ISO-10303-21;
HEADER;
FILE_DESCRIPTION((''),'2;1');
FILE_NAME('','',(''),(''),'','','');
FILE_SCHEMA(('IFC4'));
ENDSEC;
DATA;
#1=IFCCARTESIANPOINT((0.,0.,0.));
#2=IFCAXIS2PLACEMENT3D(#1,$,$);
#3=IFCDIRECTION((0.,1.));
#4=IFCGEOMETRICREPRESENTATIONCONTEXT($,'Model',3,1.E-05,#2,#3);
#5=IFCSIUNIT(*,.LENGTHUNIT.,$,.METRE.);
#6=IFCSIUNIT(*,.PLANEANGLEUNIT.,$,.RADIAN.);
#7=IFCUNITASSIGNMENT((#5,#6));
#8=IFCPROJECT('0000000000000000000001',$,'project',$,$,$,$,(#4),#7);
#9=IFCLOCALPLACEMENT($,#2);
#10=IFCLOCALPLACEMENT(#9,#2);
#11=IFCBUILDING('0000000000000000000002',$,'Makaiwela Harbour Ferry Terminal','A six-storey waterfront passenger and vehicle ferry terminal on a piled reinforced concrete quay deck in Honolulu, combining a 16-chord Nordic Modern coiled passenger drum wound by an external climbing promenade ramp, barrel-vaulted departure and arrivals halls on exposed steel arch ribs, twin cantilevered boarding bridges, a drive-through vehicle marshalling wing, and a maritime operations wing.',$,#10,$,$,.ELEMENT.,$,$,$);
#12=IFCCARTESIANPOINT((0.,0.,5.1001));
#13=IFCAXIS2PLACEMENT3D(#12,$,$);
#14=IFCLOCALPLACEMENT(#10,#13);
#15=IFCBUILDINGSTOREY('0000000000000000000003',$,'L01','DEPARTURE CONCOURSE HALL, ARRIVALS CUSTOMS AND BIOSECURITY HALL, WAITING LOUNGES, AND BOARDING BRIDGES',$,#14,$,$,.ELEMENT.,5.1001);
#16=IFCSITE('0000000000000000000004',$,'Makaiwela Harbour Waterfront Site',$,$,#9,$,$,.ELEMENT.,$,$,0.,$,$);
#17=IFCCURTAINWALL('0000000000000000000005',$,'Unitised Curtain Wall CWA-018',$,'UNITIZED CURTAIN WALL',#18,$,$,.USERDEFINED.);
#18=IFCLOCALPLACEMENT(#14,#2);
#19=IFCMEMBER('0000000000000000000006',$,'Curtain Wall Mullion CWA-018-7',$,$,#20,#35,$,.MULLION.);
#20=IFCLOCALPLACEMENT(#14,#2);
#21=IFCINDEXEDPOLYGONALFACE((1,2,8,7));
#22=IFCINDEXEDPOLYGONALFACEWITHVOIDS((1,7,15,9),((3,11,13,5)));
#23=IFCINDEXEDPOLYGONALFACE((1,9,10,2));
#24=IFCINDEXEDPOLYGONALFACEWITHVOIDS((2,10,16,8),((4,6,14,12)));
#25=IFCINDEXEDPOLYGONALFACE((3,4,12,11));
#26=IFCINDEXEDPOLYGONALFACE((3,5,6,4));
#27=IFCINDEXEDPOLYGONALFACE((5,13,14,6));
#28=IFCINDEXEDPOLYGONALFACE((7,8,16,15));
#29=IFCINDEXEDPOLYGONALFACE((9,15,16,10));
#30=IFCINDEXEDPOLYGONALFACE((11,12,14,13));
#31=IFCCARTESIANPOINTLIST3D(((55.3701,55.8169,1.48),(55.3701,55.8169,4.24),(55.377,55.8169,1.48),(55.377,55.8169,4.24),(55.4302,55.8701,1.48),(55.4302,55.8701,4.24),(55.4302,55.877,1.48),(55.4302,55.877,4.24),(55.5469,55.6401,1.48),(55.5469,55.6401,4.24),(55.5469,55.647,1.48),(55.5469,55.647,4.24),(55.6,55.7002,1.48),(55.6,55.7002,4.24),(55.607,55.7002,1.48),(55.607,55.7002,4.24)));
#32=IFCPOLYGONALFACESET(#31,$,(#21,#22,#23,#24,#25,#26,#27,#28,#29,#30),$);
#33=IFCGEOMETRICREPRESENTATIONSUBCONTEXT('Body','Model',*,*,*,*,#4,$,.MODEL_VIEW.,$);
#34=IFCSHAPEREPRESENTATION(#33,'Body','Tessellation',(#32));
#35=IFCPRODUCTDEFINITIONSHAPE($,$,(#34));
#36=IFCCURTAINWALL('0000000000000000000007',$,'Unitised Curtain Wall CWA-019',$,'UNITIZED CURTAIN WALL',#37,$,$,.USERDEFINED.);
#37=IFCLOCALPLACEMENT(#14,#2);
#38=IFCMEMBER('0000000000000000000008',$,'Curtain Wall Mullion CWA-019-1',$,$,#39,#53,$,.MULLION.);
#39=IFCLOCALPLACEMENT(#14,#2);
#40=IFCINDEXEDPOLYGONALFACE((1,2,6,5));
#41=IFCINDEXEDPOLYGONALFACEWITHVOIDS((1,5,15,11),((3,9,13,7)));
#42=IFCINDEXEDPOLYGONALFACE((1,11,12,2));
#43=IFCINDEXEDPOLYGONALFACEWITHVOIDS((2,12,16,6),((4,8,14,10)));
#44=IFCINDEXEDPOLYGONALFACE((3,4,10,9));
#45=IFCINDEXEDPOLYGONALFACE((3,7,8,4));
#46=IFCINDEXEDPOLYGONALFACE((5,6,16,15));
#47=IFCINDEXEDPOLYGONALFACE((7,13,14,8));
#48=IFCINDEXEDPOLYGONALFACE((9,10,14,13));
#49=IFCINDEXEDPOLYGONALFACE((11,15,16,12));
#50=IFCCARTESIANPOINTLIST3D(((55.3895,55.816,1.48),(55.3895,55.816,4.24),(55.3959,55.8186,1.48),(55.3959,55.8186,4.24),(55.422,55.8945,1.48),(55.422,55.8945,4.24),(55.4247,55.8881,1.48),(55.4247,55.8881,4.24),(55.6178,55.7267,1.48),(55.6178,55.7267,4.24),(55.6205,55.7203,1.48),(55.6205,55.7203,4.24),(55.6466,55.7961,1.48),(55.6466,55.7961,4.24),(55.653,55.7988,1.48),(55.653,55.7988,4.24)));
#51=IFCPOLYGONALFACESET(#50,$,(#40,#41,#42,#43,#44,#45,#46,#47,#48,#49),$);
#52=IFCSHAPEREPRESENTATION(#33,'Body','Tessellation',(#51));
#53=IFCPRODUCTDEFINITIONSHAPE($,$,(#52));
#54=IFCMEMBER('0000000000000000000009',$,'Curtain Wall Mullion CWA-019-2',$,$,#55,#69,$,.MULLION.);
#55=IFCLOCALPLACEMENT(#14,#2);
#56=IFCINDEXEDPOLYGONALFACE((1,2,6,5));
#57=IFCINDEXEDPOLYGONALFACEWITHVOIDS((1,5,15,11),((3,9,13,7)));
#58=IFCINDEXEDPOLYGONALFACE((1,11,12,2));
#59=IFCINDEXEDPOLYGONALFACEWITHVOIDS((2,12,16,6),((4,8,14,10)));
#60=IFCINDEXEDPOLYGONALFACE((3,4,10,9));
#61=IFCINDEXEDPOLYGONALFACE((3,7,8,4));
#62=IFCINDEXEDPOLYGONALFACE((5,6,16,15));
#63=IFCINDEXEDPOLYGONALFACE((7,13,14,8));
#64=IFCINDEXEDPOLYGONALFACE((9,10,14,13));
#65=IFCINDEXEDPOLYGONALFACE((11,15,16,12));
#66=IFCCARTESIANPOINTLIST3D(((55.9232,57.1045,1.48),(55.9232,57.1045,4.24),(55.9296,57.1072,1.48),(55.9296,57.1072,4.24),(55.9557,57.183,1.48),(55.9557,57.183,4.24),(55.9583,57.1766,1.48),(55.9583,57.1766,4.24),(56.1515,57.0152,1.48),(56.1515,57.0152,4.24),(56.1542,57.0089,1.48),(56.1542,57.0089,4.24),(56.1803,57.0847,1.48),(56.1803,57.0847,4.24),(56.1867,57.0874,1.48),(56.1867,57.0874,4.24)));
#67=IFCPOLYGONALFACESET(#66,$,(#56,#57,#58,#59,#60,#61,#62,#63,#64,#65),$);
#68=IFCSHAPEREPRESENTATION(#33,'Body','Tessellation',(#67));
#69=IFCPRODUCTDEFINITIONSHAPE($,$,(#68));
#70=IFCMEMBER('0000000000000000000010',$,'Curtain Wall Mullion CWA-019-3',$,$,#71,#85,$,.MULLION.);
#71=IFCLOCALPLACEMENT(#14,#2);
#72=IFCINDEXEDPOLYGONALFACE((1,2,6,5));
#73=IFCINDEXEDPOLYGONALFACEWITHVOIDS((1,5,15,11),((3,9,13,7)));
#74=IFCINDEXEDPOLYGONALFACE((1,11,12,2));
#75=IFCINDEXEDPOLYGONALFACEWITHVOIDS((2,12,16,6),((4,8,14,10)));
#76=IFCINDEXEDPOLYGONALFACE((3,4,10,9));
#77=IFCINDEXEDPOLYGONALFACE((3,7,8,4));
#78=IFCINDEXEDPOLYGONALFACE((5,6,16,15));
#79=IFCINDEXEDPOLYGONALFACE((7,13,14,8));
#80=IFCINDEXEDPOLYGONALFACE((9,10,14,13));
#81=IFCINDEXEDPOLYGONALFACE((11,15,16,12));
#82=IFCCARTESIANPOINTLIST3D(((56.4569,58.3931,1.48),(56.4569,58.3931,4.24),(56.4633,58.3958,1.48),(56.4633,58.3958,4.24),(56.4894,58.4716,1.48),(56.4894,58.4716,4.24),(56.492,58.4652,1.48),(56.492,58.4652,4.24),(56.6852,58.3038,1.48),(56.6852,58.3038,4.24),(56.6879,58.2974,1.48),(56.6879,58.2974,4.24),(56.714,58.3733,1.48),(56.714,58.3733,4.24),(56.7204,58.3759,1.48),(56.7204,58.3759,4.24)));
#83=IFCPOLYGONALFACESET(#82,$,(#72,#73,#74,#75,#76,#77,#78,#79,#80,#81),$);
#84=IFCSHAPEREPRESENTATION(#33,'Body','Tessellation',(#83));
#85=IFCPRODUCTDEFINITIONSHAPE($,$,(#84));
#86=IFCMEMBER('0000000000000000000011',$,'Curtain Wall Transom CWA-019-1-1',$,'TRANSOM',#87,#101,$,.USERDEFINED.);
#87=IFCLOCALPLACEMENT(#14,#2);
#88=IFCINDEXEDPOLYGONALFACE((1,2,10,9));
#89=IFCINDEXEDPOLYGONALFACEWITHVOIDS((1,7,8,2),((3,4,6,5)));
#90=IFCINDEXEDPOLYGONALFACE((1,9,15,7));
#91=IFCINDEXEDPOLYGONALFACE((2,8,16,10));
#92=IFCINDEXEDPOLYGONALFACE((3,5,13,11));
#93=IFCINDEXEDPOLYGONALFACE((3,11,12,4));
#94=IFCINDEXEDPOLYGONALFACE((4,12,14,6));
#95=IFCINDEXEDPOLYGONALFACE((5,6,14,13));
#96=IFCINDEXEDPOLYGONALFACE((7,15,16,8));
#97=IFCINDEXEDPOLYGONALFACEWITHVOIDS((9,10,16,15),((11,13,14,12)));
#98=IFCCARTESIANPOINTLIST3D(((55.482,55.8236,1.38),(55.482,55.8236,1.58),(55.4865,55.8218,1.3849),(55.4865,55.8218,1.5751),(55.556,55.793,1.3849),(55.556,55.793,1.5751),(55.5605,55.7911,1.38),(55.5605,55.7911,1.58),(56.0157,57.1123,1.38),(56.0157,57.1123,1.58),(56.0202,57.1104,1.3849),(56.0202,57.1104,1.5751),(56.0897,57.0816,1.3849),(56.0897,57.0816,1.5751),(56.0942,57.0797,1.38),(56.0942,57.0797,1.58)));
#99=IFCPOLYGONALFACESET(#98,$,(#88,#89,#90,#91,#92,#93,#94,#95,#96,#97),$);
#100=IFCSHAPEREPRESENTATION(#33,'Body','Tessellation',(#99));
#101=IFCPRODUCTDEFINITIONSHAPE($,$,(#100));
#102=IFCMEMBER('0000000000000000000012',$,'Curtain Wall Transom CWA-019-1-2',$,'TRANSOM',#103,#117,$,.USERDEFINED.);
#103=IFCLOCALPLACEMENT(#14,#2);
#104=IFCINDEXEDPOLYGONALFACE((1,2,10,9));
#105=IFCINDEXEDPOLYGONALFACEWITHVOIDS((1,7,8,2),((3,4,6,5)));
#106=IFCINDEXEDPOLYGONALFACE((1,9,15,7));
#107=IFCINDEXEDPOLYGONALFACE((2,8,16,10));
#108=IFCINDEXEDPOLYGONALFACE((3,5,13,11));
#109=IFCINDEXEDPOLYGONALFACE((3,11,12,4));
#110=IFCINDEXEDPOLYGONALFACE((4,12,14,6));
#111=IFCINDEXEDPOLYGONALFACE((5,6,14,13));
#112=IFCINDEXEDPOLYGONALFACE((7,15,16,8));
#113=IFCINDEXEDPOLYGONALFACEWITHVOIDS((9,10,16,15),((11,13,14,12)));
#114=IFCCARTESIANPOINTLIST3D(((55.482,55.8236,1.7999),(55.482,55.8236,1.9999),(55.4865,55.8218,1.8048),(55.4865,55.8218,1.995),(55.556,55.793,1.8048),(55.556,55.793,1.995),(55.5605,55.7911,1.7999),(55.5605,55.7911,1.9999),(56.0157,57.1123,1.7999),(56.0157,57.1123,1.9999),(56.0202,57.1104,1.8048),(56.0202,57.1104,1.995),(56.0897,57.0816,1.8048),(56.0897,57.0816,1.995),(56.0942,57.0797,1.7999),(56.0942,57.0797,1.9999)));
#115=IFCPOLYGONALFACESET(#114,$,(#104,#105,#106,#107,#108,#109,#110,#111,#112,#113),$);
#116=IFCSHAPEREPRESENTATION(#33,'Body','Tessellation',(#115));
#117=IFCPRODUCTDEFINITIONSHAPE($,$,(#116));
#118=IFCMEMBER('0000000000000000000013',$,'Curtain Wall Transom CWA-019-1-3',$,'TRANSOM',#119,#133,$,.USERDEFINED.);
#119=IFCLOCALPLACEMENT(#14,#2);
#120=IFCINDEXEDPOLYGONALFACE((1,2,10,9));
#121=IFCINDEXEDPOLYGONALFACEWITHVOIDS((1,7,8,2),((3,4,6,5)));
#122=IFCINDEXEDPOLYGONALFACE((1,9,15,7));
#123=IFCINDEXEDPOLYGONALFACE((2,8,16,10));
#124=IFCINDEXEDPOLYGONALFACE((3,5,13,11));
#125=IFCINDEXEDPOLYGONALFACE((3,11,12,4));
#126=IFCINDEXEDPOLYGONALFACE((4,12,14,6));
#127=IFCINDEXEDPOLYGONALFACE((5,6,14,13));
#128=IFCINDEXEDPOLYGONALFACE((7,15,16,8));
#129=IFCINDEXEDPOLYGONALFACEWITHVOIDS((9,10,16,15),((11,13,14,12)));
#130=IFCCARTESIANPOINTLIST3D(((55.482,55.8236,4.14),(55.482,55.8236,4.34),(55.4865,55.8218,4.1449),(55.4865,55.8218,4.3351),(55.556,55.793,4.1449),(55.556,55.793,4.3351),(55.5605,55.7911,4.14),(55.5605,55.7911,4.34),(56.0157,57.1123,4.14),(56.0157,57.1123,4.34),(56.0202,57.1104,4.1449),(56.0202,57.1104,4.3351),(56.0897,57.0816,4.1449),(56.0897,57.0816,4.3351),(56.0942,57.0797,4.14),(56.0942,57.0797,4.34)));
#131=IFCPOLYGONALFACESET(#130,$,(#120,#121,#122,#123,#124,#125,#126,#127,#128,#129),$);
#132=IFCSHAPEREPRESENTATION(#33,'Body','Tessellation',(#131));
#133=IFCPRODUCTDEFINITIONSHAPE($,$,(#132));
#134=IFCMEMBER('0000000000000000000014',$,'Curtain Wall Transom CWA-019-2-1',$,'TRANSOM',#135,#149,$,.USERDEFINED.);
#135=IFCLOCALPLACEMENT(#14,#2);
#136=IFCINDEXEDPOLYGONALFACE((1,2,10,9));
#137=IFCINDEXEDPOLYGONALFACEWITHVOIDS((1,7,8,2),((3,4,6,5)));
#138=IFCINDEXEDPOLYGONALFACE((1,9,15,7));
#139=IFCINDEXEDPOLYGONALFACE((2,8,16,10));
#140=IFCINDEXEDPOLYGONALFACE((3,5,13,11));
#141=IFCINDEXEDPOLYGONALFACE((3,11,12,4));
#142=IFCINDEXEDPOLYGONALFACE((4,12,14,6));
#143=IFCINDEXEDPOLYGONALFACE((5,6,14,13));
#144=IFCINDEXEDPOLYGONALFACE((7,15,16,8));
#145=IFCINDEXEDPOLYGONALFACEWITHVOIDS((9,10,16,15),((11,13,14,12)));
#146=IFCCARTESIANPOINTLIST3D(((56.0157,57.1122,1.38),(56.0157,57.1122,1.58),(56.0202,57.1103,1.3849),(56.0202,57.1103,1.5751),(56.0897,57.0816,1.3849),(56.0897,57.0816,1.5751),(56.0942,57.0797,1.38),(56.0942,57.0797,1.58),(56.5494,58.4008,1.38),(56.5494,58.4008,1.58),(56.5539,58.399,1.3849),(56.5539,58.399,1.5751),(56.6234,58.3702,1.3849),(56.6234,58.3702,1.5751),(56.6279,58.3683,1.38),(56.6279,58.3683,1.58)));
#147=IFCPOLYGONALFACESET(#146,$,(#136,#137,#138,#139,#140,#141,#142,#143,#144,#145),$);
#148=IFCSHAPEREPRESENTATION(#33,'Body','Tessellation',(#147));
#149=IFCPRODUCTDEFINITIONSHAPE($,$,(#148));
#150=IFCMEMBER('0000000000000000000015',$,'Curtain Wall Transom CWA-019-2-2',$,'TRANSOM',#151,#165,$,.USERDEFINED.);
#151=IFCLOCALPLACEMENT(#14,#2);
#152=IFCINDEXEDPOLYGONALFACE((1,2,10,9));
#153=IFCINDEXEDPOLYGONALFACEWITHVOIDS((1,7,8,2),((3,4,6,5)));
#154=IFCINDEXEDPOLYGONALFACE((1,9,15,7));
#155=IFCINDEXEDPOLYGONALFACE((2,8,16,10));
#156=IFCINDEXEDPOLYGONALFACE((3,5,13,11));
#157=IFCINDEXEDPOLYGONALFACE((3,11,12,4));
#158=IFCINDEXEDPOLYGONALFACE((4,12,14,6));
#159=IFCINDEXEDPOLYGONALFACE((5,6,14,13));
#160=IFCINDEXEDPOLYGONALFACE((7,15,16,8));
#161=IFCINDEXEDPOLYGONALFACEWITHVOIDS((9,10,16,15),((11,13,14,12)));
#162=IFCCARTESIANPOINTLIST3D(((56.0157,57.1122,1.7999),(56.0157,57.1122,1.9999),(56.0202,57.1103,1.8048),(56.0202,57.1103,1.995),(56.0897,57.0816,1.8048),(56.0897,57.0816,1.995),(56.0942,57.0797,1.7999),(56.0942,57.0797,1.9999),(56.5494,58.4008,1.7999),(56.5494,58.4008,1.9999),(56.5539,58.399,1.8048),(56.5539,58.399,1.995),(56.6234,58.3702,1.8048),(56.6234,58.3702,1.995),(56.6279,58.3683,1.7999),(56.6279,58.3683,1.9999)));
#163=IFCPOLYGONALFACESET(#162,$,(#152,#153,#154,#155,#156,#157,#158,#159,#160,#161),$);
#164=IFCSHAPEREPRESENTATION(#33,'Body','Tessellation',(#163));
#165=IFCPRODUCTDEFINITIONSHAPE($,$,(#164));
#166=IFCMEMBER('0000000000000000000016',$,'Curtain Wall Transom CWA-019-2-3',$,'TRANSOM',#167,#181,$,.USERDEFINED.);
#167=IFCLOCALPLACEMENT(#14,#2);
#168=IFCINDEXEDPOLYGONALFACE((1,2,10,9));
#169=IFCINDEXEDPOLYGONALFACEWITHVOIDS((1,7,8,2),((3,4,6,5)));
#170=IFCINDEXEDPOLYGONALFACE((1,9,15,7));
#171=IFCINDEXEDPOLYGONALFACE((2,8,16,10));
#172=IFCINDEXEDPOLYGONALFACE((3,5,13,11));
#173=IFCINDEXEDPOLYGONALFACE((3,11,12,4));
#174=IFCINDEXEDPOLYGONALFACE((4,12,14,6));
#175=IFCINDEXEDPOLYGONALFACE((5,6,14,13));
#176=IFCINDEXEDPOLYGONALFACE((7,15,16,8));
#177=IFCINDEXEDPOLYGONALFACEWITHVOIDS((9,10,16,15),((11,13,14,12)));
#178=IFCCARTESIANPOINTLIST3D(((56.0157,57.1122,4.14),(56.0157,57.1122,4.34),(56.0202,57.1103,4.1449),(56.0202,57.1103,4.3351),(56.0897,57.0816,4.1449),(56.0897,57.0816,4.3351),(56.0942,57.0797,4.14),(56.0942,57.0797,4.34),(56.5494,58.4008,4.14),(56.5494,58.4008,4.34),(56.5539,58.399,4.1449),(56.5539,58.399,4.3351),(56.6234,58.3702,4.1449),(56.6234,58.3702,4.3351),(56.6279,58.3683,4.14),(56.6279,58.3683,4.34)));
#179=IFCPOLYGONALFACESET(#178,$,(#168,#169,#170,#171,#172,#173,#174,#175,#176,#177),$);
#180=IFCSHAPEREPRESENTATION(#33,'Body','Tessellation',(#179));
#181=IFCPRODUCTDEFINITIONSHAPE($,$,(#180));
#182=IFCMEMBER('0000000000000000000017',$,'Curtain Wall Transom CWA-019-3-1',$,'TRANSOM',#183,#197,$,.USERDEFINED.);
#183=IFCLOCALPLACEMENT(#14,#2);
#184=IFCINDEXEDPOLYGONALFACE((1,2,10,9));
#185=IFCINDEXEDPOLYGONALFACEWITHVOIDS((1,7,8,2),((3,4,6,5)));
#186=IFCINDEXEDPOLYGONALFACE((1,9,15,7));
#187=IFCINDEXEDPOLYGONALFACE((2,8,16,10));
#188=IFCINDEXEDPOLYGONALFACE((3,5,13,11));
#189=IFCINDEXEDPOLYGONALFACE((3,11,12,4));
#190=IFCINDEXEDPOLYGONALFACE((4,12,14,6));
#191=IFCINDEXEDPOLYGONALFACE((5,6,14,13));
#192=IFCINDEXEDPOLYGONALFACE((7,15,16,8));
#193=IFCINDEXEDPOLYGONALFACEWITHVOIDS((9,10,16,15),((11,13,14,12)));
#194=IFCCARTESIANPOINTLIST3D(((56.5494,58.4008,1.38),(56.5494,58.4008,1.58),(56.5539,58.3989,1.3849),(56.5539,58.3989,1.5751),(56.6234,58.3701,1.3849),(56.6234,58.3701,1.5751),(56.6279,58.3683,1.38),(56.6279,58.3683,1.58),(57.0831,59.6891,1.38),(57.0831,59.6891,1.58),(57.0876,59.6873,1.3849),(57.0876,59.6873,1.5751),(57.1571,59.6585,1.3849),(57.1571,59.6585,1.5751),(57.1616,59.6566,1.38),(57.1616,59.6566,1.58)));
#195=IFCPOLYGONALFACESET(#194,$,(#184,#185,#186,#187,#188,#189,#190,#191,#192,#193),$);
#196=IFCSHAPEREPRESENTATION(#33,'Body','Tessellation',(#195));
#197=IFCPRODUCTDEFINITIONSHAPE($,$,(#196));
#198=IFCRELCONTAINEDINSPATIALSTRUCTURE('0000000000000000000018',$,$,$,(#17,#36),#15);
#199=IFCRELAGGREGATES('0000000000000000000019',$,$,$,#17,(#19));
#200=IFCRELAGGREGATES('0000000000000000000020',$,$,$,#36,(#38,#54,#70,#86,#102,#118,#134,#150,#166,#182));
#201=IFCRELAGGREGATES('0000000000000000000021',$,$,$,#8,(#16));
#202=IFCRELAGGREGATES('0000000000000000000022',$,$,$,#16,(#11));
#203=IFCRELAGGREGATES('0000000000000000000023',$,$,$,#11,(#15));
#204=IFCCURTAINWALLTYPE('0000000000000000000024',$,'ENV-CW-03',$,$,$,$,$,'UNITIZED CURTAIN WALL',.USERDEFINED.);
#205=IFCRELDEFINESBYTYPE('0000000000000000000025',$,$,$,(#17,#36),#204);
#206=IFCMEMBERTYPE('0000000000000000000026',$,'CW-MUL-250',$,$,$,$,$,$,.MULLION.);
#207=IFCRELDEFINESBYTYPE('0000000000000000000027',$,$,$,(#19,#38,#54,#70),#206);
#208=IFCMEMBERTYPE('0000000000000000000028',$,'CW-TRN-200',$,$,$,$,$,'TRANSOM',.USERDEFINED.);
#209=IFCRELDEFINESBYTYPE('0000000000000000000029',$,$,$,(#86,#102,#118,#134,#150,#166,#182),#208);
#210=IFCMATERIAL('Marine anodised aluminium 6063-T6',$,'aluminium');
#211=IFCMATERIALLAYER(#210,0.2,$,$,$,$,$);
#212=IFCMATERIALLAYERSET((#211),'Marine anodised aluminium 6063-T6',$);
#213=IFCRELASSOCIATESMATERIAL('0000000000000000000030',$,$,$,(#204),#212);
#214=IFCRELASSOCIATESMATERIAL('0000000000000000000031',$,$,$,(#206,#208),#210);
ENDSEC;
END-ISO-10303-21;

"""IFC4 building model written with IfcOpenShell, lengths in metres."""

from ifc_helpers import new_model, si_unit, direction, frame, origin, origin_2d, place, context, subcontext, project, spatial, hollow_rectangle, extrude, material, layer, layer_set, material_profile, profile_set, type_object, element, aggregate, save


model = new_model("IFC4")

# Units and contexts
model_context = context("Model", 3, precision=1e-05, world=origin(), true_north=direction((0.0, 1.0)))
body_context = subcontext(model_context, "Body", "Model", "MODEL_VIEW")
ifc_project = project(units=[si_unit("LENGTHUNIT", "METRE"), si_unit("PLANEANGLEUNIT", "RADIAN")], contexts=[model_context])

# Site, building, storey
site_placement = place(None, origin())
site = spatial("IfcSite", under=ifc_project, at=site_placement, Name="Makaiwela Harbour Waterfront Site", CompositionType="ELEMENT", RefElevation=0.0)
building_placement = place(site_placement, origin())
building = spatial("IfcBuilding", under=site, at=building_placement, Name="Makaiwela Harbour Ferry Terminal", Description="A six-storey waterfront passenger and vehicle ferry terminal on a piled reinforced concrete quay deck in Honolulu, combining a 16-chord Nordic Modern coiled passenger drum wound by an external climbing promenade ramp, barrel-vaulted departure and arrivals halls on exposed steel arch ribs, twin cantilevered boarding bridges, a drive-through vehicle marshalling wing, and a maritime operations wing.", CompositionType="ELEMENT")
storey_placement = place(building_placement, frame((0.0, 0.0, 5.1001)))
storey = spatial("IfcBuildingStorey", under=building, at=storey_placement, Name="L01", Description="DEPARTURE CONCOURSE HALL, ARRIVALS CUSTOMS AND BIOSECURITY HALL, WAITING LOUNGES, AND BOARDING BRIDGES", CompositionType="ELEMENT", Elevation=5.1001)

# Curtain wall, member
ifc_material_1 = material(Name="Marine anodised aluminium 6063-T6", Category="aluminium")
ifc_layer_1 = layer(ifc_material_1, 0.2)
ifc_layer_set_1 = layer_set([ifc_layer_1], Name="Marine anodised aluminium 6063-T6")
curtain_wall_type = type_object("IfcCurtainWallType", Name="ENV-CW-03", ElementType="UNITIZED CURTAIN WALL", PredefinedType="USERDEFINED", material=ifc_layer_set_1)
curtain_wall_1_placement = place(storey_placement, origin())
curtain_wall_1 = element("IfcCurtainWall", 1, at=curtain_wall_1_placement, inside=storey, type_object=curtain_wall_type, Name="Unitised Curtain Wall CWA-018", ObjectType="UNITIZED CURTAIN WALL", PredefinedType="USERDEFINED")
ifc_material_profile_1 = material_profile(ifc_material_1, hollow_rectangle(XDim=0.085, YDim=0.25, WallThickness=0.0049, at=origin_2d()), Name="CWM-250X85")
ifc_profile_set_1 = profile_set([ifc_material_profile_1], Name="Marine anodised aluminium 6063-T6")
member_type_1 = type_object("IfcMemberType", Name="CW-MUL-250", PredefinedType="MULLION", material=ifc_profile_set_1)
member_1_placement = place(storey_placement, frame((55.4885, 55.7585, 1.48), z_axis=(0.0, 0.0, 1.0), x_axis=(0.707107, 0.707107, 0.0)))
member_1 = element("IfcMember", 2, at=member_1_placement, type_object=member_type_1, Name="Curtain Wall Mullion CWA-018-7", PredefinedType="MULLION", context=body_context, shape_type="SweptSolid", body=[
    extrude(hollow_rectangle(XDim=0.085, YDim=0.25, WallThickness=0.0049, at=origin_2d()), origin(), (0.0, 0.0, 1.0), 2.76),
])

# Curtain wall, members
curtain_wall_2_placement = place(storey_placement, origin())
curtain_wall_2 = element("IfcCurtainWall", 3, at=curtain_wall_2_placement, inside=storey, type_object=curtain_wall_type, Name="Unitised Curtain Wall CWA-019", ObjectType="UNITIZED CURTAIN WALL", PredefinedType="USERDEFINED")
member_2_placement = place(storey_placement, frame((55.5212, 55.8074, 1.48), z_axis=(0.0, 0.0, 1.0), x_axis=(0.382683, 0.92388, 0.0)))
member_2 = element("IfcMember", 4, at=member_2_placement, type_object=member_type_1, Name="Curtain Wall Mullion CWA-019-1", PredefinedType="MULLION", context=body_context, shape_type="SweptSolid", body=[
    extrude(hollow_rectangle(XDim=0.085, YDim=0.25, WallThickness=0.0049, at=origin_2d()), origin(), (0.0, 0.0, 1.0), 2.76),
])
member_3_placement = place(storey_placement, frame((56.0549, 57.0959, 1.48), z_axis=(0.0, 0.0, 1.0), x_axis=(0.382683, 0.92388, 0.0)))
member_3 = element("IfcMember", 5, at=member_3_placement, type_object=member_type_1, Name="Curtain Wall Mullion CWA-019-2", PredefinedType="MULLION", context=body_context, shape_type="SweptSolid", body=[
    extrude(hollow_rectangle(XDim=0.085, YDim=0.25, WallThickness=0.0049, at=origin_2d()), origin(), (0.0, 0.0, 1.0), 2.76),
])
member_4_placement = place(storey_placement, frame((56.5886, 58.3845, 1.48), z_axis=(0.0, 0.0, 1.0), x_axis=(0.382683, 0.92388, 0.0)))
member_4 = element("IfcMember", 6, at=member_4_placement, type_object=member_type_1, Name="Curtain Wall Mullion CWA-019-3", PredefinedType="MULLION", context=body_context, shape_type="SweptSolid", body=[
    extrude(hollow_rectangle(XDim=0.085, YDim=0.25, WallThickness=0.0049, at=origin_2d()), origin(), (0.0, 0.0, 1.0), 2.76),
])
ifc_material_profile_2 = material_profile(ifc_material_1, hollow_rectangle(XDim=0.085, YDim=0.2, WallThickness=0.0049, at=origin_2d()), Name="CWT-200X85")
ifc_profile_set_2 = profile_set([ifc_material_profile_2], Name="Marine anodised aluminium 6063-T6")
member_type_2 = type_object("IfcMemberType", Name="CW-TRN-200", ElementType="TRANSOM", PredefinedType="USERDEFINED", material=ifc_profile_set_2)
member_5_placement = place(storey_placement, frame((55.5212, 55.8074, 1.48), z_axis=(0.382651, 0.923893, 0.0), x_axis=(-0.923893, 0.382651, 0.0)))
member_5 = element("IfcMember", 7, at=member_5_placement, type_object=member_type_2, Name="Curtain Wall Transom CWA-019-1-1", ObjectType="TRANSOM", PredefinedType="USERDEFINED", context=body_context, shape_type="SweptSolid", body=[
    extrude(hollow_rectangle(XDim=0.085, YDim=0.2, WallThickness=0.0049, at=origin_2d()), origin(), (0.0, 0.0, 1.0), 1.3948),
])
member_6_placement = place(storey_placement, frame((55.5212, 55.8074, 1.8999), z_axis=(0.382651, 0.923893, 0.0), x_axis=(-0.923893, 0.382651, 0.0)))
member_6 = element("IfcMember", 8, at=member_6_placement, type_object=member_type_2, Name="Curtain Wall Transom CWA-019-1-2", ObjectType="TRANSOM", PredefinedType="USERDEFINED", context=body_context, shape_type="SweptSolid", body=[
    extrude(hollow_rectangle(XDim=0.085, YDim=0.2, WallThickness=0.0049, at=origin_2d()), origin(), (0.0, 0.0, 1.0), 1.3948),
])
member_7_placement = place(storey_placement, frame((55.5212, 55.8074, 4.24), z_axis=(0.382651, 0.923893, 0.0), x_axis=(-0.923893, 0.382651, 0.0)))
member_7 = element("IfcMember", 9, at=member_7_placement, type_object=member_type_2, Name="Curtain Wall Transom CWA-019-1-3", ObjectType="TRANSOM", PredefinedType="USERDEFINED", context=body_context, shape_type="SweptSolid", body=[
    extrude(hollow_rectangle(XDim=0.085, YDim=0.2, WallThickness=0.0049, at=origin_2d()), origin(), (0.0, 0.0, 1.0), 1.3948),
])
member_8_placement = place(storey_placement, frame((56.0549, 57.0959, 1.48), z_axis=(0.382651, 0.923893, 0.0), x_axis=(-0.923893, 0.382651, 0.0)))
member_8 = element("IfcMember", 10, at=member_8_placement, type_object=member_type_2, Name="Curtain Wall Transom CWA-019-2-1", ObjectType="TRANSOM", PredefinedType="USERDEFINED", context=body_context, shape_type="SweptSolid", body=[
    extrude(hollow_rectangle(XDim=0.085, YDim=0.2, WallThickness=0.0049, at=origin_2d()), origin(), (0.0, 0.0, 1.0), 1.3948),
])
member_9_placement = place(storey_placement, frame((56.0549, 57.0959, 1.8999), z_axis=(0.382651, 0.923893, 0.0), x_axis=(-0.923893, 0.382651, 0.0)))
member_9 = element("IfcMember", 11, at=member_9_placement, type_object=member_type_2, Name="Curtain Wall Transom CWA-019-2-2", ObjectType="TRANSOM", PredefinedType="USERDEFINED", context=body_context, shape_type="SweptSolid", body=[
    extrude(hollow_rectangle(XDim=0.085, YDim=0.2, WallThickness=0.0049, at=origin_2d()), origin(), (0.0, 0.0, 1.0), 1.3948),
])
member_10_placement = place(storey_placement, frame((56.0549, 57.0959, 4.24), z_axis=(0.382651, 0.923893, 0.0), x_axis=(-0.923893, 0.382651, 0.0)))
member_10 = element("IfcMember", 12, at=member_10_placement, type_object=member_type_2, Name="Curtain Wall Transom CWA-019-2-3", ObjectType="TRANSOM", PredefinedType="USERDEFINED", context=body_context, shape_type="SweptSolid", body=[
    extrude(hollow_rectangle(XDim=0.085, YDim=0.2, WallThickness=0.0049, at=origin_2d()), origin(), (0.0, 0.0, 1.0), 1.3948),
])
member_11_placement = place(storey_placement, frame((56.5886, 58.3845, 1.48), z_axis=(0.382713, 0.923867, 0.0), x_axis=(-0.923867, 0.382713, 0.0)))
member_11 = element("IfcMember", 13, at=member_11_placement, type_object=member_type_2, Name="Curtain Wall Transom CWA-019-3-1", ObjectType="TRANSOM", PredefinedType="USERDEFINED", context=body_context, shape_type="SweptSolid", body=[
    extrude(hollow_rectangle(XDim=0.085, YDim=0.2, WallThickness=0.0049, at=origin_2d()), origin(), (0.0, 0.0, 1.0), 1.3945),
])

aggregate(curtain_wall_1, [member_1])
aggregate(curtain_wall_2, [member_2, member_3, member_4, member_5, member_6, member_7, member_8, member_9, member_10, member_11])

save(model, "model.ifc")
